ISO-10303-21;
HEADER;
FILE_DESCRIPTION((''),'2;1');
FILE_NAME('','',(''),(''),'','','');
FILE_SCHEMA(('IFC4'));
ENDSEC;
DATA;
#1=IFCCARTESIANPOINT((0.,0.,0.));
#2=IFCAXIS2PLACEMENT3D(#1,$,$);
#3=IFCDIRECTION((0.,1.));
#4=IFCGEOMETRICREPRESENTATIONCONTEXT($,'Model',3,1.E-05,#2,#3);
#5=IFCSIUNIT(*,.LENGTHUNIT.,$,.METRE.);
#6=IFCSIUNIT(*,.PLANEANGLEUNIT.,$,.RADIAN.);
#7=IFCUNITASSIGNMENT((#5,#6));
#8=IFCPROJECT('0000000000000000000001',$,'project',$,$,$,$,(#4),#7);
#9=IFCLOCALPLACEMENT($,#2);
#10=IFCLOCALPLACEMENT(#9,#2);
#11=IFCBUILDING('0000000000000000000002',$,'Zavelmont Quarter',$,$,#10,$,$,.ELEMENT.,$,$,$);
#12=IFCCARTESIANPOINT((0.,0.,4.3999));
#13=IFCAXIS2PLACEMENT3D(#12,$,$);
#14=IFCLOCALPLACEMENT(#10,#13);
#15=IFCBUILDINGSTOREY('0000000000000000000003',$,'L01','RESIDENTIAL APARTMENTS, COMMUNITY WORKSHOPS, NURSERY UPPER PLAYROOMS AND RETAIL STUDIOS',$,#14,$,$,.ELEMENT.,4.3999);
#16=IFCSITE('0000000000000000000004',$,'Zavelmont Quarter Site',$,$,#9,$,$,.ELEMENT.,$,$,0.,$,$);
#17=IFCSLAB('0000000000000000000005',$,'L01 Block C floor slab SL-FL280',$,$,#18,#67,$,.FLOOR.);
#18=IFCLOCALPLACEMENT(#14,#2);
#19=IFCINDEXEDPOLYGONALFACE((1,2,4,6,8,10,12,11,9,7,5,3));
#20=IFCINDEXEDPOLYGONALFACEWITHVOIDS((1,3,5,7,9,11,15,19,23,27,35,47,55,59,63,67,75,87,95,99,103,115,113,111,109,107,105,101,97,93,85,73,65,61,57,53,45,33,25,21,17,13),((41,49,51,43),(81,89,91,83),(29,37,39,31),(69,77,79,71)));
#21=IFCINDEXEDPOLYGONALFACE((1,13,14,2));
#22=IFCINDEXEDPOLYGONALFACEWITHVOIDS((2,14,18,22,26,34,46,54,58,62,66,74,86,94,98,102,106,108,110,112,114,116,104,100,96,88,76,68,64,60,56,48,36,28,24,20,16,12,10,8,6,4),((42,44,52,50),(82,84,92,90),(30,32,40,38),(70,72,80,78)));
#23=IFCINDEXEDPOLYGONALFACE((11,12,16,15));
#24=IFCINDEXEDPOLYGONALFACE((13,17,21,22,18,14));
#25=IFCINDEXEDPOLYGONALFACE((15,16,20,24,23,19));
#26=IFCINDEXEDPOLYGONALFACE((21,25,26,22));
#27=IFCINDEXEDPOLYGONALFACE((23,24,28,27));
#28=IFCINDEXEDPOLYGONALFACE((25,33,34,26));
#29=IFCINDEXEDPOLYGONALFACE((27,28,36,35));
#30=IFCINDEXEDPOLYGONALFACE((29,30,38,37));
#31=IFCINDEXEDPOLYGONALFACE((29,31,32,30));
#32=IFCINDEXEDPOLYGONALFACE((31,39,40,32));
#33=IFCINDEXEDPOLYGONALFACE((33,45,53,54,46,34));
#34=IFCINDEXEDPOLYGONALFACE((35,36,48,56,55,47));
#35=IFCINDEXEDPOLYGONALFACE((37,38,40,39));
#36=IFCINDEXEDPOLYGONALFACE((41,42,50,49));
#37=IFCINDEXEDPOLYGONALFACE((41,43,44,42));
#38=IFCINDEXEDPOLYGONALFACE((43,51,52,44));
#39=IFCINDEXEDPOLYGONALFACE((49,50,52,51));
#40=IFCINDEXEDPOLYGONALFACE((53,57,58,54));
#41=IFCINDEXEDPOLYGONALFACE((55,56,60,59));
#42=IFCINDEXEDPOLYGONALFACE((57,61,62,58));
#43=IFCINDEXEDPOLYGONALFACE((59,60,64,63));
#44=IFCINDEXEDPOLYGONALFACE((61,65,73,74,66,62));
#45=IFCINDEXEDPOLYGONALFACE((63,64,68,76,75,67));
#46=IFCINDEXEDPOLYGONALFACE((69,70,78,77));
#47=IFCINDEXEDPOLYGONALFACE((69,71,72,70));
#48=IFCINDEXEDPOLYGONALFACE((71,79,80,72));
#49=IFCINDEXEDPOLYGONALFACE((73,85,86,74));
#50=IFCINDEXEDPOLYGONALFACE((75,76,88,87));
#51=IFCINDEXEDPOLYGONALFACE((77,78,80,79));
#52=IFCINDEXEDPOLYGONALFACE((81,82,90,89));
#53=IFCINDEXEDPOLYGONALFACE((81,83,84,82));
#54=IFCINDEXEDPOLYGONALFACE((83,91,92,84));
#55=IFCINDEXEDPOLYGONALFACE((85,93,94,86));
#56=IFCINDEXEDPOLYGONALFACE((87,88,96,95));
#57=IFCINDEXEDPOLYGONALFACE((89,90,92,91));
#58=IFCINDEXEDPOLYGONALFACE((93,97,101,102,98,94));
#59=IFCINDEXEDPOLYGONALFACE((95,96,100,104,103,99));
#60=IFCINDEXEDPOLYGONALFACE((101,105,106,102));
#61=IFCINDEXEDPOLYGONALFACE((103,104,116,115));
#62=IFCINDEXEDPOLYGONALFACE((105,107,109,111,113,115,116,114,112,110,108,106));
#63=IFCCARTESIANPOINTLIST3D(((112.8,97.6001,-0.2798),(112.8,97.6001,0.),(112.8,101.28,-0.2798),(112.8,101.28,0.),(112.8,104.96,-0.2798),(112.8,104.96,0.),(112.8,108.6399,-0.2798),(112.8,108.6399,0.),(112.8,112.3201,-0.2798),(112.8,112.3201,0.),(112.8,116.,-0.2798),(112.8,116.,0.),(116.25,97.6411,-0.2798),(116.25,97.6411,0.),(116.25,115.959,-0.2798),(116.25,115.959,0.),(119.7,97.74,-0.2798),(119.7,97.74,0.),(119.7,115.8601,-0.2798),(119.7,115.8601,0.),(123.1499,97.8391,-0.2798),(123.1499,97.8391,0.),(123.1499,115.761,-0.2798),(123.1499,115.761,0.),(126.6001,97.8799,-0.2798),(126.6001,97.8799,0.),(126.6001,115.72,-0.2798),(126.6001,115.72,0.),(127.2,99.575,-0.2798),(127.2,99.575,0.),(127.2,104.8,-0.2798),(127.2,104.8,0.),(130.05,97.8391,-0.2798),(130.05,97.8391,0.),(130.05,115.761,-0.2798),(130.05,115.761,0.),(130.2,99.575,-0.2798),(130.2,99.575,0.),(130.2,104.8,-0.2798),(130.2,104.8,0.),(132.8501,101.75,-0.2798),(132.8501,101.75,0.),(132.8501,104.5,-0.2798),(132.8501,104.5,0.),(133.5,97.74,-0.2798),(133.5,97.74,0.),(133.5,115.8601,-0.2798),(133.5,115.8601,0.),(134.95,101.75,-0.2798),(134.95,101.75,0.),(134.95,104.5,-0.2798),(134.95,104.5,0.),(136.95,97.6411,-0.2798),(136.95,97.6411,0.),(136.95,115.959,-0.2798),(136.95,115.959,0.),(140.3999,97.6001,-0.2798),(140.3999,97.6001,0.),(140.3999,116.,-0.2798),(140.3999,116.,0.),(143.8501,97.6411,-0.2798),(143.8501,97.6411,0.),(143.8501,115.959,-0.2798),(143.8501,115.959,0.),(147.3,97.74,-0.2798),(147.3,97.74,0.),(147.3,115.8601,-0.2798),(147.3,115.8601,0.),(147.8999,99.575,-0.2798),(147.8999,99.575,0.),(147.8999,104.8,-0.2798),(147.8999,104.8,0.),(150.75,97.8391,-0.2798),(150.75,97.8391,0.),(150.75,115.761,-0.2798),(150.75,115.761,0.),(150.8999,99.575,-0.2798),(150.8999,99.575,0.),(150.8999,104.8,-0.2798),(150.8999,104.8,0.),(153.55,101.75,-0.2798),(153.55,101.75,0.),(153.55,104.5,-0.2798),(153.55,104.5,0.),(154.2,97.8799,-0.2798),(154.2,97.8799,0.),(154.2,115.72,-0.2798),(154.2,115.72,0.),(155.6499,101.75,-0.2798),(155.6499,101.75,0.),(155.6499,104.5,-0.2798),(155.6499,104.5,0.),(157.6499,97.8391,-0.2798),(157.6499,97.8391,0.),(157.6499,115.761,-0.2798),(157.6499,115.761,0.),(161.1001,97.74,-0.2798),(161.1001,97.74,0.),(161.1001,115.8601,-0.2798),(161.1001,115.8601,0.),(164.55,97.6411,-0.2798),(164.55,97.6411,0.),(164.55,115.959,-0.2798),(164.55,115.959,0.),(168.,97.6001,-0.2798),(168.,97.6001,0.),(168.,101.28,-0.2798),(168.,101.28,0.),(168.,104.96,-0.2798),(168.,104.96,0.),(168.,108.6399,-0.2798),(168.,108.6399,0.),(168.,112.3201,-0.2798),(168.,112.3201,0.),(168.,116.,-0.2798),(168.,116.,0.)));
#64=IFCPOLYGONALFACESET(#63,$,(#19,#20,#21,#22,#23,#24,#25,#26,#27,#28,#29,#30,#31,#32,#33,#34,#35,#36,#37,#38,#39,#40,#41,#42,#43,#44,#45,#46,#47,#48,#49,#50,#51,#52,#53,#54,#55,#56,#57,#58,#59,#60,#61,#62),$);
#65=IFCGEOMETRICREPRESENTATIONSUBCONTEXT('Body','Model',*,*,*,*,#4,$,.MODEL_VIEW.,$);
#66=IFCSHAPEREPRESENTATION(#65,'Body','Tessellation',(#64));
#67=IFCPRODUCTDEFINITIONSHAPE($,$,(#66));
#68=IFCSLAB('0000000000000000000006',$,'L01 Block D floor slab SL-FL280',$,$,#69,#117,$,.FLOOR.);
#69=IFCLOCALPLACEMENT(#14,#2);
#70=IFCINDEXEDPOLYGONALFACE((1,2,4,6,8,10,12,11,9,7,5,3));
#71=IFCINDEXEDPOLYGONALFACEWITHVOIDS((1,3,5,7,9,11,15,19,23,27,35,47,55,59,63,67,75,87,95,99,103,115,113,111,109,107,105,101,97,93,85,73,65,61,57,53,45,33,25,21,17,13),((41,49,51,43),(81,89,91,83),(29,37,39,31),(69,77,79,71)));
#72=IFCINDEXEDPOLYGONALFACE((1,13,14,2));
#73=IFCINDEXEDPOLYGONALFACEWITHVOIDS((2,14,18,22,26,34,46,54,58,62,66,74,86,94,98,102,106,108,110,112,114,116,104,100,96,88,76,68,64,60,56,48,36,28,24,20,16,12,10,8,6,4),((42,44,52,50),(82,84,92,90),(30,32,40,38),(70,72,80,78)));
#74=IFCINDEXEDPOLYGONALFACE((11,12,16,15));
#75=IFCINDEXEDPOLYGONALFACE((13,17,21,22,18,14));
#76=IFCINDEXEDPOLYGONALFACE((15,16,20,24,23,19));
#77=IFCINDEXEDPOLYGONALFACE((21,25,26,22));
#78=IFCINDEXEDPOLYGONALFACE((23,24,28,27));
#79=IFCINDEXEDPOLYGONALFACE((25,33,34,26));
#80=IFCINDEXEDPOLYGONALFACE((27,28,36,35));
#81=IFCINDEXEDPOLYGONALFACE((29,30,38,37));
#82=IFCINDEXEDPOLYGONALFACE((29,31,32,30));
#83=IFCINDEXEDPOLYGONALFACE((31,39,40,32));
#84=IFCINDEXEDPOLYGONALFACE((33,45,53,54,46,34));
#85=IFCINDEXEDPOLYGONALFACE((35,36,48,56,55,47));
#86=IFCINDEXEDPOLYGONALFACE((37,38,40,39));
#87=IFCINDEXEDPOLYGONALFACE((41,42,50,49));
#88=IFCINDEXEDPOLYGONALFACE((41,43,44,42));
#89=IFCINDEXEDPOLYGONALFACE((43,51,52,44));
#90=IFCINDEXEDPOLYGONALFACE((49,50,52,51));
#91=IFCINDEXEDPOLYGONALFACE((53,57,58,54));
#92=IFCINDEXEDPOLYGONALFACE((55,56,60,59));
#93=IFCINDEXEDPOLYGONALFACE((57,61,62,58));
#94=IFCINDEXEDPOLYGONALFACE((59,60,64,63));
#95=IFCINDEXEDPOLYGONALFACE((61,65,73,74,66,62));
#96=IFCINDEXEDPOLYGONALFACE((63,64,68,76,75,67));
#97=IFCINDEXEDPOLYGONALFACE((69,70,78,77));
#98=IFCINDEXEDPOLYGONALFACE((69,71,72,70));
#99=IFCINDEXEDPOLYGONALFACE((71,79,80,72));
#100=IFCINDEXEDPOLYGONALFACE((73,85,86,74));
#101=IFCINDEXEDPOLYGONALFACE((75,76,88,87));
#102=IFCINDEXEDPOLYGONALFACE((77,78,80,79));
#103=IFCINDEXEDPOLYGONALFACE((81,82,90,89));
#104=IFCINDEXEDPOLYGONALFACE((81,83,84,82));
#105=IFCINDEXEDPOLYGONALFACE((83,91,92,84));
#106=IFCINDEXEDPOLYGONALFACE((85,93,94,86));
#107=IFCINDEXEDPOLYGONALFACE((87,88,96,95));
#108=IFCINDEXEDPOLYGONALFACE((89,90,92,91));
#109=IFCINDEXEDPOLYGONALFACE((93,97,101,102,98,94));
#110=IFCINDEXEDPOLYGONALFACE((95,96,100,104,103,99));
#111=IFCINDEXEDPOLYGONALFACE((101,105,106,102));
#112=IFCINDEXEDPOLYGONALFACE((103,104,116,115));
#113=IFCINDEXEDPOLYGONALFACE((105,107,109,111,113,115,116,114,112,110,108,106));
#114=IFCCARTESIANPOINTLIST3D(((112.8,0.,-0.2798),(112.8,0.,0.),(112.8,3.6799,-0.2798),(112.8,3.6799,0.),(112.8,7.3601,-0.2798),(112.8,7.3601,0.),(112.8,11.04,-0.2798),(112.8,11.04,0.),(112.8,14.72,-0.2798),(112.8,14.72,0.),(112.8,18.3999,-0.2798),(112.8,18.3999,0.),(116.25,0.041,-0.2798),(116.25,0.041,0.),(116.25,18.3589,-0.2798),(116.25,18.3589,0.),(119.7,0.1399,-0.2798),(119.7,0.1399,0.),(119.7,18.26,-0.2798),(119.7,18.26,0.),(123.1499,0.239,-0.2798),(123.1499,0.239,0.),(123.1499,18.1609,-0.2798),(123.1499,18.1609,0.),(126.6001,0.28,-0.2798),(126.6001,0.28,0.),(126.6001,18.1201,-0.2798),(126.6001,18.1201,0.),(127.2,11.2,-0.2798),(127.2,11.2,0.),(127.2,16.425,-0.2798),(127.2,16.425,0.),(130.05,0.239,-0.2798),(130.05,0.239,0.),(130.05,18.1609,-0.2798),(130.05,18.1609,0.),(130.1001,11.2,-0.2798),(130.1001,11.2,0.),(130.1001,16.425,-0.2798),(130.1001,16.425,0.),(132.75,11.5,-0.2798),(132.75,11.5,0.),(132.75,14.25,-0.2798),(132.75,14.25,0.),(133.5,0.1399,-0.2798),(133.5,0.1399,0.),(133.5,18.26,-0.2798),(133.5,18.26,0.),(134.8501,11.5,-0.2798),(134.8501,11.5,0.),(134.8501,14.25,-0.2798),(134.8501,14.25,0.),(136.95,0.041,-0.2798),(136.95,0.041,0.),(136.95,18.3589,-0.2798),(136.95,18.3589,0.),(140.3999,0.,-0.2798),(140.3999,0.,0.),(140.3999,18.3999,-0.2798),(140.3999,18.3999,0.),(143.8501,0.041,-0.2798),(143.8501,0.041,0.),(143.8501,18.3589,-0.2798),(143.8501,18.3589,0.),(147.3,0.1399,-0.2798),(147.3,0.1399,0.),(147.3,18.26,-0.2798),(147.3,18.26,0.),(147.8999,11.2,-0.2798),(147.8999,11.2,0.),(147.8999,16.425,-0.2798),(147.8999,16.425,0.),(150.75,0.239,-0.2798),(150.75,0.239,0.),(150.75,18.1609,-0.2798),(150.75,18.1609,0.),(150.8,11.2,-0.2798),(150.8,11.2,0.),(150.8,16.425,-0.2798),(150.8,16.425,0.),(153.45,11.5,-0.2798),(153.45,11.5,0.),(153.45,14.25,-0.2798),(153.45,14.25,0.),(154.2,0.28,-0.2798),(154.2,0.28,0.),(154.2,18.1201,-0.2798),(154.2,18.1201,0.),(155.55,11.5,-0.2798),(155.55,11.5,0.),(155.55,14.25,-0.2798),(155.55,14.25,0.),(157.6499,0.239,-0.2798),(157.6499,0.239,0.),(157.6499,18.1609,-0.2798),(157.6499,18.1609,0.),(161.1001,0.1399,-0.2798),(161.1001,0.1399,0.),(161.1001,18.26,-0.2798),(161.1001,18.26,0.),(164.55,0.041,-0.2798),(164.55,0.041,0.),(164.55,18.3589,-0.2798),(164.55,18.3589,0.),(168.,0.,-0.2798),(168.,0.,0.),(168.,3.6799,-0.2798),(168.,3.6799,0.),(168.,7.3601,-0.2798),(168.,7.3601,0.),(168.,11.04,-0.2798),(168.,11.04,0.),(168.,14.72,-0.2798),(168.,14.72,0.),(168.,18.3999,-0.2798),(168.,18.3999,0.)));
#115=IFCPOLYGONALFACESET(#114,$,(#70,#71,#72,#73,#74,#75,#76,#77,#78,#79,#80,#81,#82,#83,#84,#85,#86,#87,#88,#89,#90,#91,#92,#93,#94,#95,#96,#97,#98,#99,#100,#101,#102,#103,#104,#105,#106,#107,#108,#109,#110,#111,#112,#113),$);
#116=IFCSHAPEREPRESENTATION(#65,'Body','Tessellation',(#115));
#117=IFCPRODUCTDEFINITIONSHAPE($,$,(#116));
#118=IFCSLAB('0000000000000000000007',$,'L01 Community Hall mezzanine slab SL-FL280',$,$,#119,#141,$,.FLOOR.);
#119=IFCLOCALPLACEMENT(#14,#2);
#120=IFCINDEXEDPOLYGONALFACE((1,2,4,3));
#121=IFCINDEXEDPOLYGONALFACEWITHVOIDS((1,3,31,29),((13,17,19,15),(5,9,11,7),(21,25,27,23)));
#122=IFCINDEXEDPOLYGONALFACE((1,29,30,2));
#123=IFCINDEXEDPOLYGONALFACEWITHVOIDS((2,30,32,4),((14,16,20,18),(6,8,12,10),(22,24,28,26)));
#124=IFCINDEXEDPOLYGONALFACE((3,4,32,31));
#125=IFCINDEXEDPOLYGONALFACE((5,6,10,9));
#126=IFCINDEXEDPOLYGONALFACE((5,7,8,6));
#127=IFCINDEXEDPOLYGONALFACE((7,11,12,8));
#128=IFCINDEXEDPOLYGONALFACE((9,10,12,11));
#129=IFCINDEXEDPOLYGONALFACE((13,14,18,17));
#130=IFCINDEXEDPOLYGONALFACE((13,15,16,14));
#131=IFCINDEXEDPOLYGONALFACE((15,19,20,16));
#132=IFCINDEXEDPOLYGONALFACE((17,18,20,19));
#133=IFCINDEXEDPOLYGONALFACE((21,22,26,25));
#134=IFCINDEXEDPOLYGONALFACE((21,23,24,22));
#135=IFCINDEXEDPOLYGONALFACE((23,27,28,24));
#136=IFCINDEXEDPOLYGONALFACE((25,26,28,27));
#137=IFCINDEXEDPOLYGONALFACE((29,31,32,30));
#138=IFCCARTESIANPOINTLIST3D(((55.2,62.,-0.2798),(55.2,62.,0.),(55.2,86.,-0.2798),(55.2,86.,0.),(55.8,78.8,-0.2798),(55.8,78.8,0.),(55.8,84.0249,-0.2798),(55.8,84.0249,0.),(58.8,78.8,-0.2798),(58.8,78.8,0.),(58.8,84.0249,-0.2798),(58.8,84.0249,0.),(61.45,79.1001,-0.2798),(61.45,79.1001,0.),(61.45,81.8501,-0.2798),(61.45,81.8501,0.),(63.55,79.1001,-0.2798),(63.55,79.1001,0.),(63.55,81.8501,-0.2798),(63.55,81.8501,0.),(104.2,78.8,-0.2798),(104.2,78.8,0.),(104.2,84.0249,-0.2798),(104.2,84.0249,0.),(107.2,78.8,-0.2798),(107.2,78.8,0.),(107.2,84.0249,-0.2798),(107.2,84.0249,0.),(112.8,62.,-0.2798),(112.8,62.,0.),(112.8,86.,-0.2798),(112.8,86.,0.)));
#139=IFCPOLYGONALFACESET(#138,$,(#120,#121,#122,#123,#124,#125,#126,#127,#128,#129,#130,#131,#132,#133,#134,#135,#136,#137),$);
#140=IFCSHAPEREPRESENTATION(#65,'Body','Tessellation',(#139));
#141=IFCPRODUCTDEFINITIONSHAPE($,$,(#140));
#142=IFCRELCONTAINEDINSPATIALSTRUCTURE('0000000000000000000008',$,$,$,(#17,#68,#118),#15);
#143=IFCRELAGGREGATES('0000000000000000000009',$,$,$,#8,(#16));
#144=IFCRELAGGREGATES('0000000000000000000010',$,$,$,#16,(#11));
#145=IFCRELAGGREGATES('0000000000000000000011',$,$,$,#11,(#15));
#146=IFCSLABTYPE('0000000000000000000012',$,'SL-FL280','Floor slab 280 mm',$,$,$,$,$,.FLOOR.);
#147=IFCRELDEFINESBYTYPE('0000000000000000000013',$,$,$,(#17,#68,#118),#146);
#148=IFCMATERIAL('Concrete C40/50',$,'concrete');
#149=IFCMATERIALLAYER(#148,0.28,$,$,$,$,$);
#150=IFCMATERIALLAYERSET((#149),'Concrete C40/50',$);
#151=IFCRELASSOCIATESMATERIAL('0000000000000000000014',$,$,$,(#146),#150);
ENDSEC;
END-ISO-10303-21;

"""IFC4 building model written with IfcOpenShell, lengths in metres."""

from ifc_helpers import new_model, si_unit, direction, frame, origin, place, context, subcontext, project, spatial, polyline, outline, extrude, material, layer, layer_set, type_object, element, save


model = new_model("IFC4")

# Units and contexts
model_context = context("Model", 3, precision=1e-05, world=origin(), true_north=direction((0.0, 1.0)))
body_context = subcontext(model_context, "Body", "Model", "MODEL_VIEW")
ifc_project = project(units=[si_unit("LENGTHUNIT", "METRE"), si_unit("PLANEANGLEUNIT", "RADIAN")], contexts=[model_context])

# Site, building, storey
site_placement = place(None, origin())
site = spatial("IfcSite", under=ifc_project, at=site_placement, Name="Zavelmont Quarter Site", CompositionType="ELEMENT", RefElevation=0.0)
building_placement = place(site_placement, origin())
building = spatial("IfcBuilding", under=site, at=building_placement, Name="Zavelmont Quarter", CompositionType="ELEMENT")
storey_placement = place(building_placement, frame((0.0, 0.0, 4.3999)))
storey = spatial("IfcBuildingStorey", under=building, at=storey_placement, Name="L01", Description="RESIDENTIAL APARTMENTS, COMMUNITY WORKSHOPS, NURSERY UPPER PLAYROOMS AND RETAIL STUDIOS", CompositionType="ELEMENT", Elevation=4.3999)

# Slabs
ifc_material_1 = material(Name="Concrete C40/50", Category="concrete")
ifc_layer_1 = layer(ifc_material_1, 0.28)
ifc_layer_set_1 = layer_set([ifc_layer_1], Name="Concrete C40/50")
slab_type_1 = type_object("IfcSlabType", Name="SL-FL280", Description="Floor slab 280 mm", PredefinedType="FLOOR", material=ifc_layer_set_1)
slab_1_placement = place(storey_placement, frame((0.0, 0.0, -0.2798)))
element("IfcSlab", 1, at=slab_1_placement, inside=storey, type_object=slab_type_1, Name="L01 Block C floor slab SL-FL280", PredefinedType="FLOOR", context=body_context, shape_type="SweptSolid", body=[
    extrude(outline(polyline([(112.8, 97.6001), (116.25, 97.6411), (119.7, 97.74), (123.1499, 97.8391), (126.6001, 97.8799), (130.05, 97.8391), (133.5, 97.74), (136.95, 97.6411), (140.3999, 97.6001), (143.8501, 97.6411), (147.3, 97.74), (150.75, 97.8391), (154.2, 97.8799), (157.6499, 97.8391), (161.1001, 97.74), (164.55, 97.6411), (168.0, 97.6001), (168.0, 101.28), (168.0, 104.96), (168.0, 108.6399), (168.0, 112.3201), (168.0, 116.0), (164.55, 115.959), (161.1001, 115.8601), (157.6499, 115.761), (154.2, 115.72), (150.75, 115.761), (147.3, 115.8601), (143.8501, 115.959), (140.3999, 116.0), (136.95, 115.959), (133.5, 115.8601), (130.05, 115.761), (126.6001, 115.72), (123.1499, 115.761), (119.7, 115.8601), (116.25, 115.959), (112.8, 116.0), (112.8, 112.3201), (112.8, 108.6399), (112.8, 104.96), (112.8, 101.28), (112.8, 97.6001)]), holes=[polyline([(130.2, 99.575), (130.2, 104.8), (127.2, 104.8), (127.2, 99.575), (130.2, 99.575)]), polyline([(132.8501, 101.75), (134.95, 101.75), (134.95, 104.5), (132.8501, 104.5), (132.8501, 101.75)]), polyline([(150.8999, 99.575), (150.8999, 104.8), (147.8999, 104.8), (147.8999, 99.575), (150.8999, 99.575)]), polyline([(153.55, 101.75), (155.6499, 101.75), (155.6499, 104.5), (153.55, 104.5), (153.55, 101.75)])]), origin(), (0.0, 0.0, 1.0), 0.2798),
])
slab_2_placement = place(storey_placement, frame((0.0, 0.0, -0.2798)))
element("IfcSlab", 2, at=slab_2_placement, inside=storey, type_object=slab_type_1, Name="L01 Block D floor slab SL-FL280", PredefinedType="FLOOR", context=body_context, shape_type="SweptSolid", body=[
    extrude(outline(polyline([(112.8, 0.0), (116.25, 0.041), (119.7, 0.1399), (123.1499, 0.239), (126.6001, 0.28), (130.05, 0.239), (133.5, 0.1399), (136.95, 0.041), (140.3999, 0.0), (143.8501, 0.041), (147.3, 0.1399), (150.75, 0.239), (154.2, 0.28), (157.6499, 0.239), (161.1001, 0.1399), (164.55, 0.041), (168.0, 0.0), (168.0, 3.6799), (168.0, 7.3601), (168.0, 11.04), (168.0, 14.72), (168.0, 18.3999), (164.55, 18.3589), (161.1001, 18.26), (157.6499, 18.1609), (154.2, 18.1201), (150.75, 18.1609), (147.3, 18.26), (143.8501, 18.3589), (140.3999, 18.3999), (136.95, 18.3589), (133.5, 18.26), (130.05, 18.1609), (126.6001, 18.1201), (123.1499, 18.1609), (119.7, 18.26), (116.25, 18.3589), (112.8, 18.3999), (112.8, 14.72), (112.8, 11.04), (112.8, 7.3601), (112.8, 3.6799), (112.8, 0.0)]), holes=[polyline([(127.2, 16.425), (127.2, 11.2), (130.1001, 11.2), (130.1001, 16.425), (127.2, 16.425)]), polyline([(132.75, 11.5), (134.8501, 11.5), (134.8501, 14.25), (132.75, 14.25), (132.75, 11.5)]), polyline([(147.8999, 16.425), (147.8999, 11.2), (150.8, 11.2), (150.8, 16.425), (147.8999, 16.425)]), polyline([(153.45, 11.5), (155.55, 11.5), (155.55, 14.25), (153.45, 14.25), (153.45, 11.5)])]), origin(), (0.0, 0.0, 1.0), 0.2798),
])
slab_3_placement = place(storey_placement, frame((0.0, 0.0, -0.2798)))
element("IfcSlab", 3, at=slab_3_placement, inside=storey, type_object=slab_type_1, Name="L01 Community Hall mezzanine slab SL-FL280", PredefinedType="FLOOR", context=body_context, shape_type="SweptSolid", body=[
    extrude(outline(polyline([(55.2, 62.0), (112.8, 62.0), (112.8, 86.0), (55.2, 86.0), (55.2, 62.0)]), holes=[polyline([(55.8, 84.0249), (55.8, 78.8), (58.8, 78.8), (58.8, 84.0249), (55.8, 84.0249)]), polyline([(61.45, 79.1001), (63.55, 79.1001), (63.55, 81.8501), (61.45, 81.8501), (61.45, 79.1001)]), polyline([(104.2, 84.0249), (104.2, 78.8), (107.2, 78.8), (107.2, 84.0249), (104.2, 84.0249)])]), origin(), (0.0, 0.0, 1.0), 0.2798),
])

save(model, "model.ifc")
